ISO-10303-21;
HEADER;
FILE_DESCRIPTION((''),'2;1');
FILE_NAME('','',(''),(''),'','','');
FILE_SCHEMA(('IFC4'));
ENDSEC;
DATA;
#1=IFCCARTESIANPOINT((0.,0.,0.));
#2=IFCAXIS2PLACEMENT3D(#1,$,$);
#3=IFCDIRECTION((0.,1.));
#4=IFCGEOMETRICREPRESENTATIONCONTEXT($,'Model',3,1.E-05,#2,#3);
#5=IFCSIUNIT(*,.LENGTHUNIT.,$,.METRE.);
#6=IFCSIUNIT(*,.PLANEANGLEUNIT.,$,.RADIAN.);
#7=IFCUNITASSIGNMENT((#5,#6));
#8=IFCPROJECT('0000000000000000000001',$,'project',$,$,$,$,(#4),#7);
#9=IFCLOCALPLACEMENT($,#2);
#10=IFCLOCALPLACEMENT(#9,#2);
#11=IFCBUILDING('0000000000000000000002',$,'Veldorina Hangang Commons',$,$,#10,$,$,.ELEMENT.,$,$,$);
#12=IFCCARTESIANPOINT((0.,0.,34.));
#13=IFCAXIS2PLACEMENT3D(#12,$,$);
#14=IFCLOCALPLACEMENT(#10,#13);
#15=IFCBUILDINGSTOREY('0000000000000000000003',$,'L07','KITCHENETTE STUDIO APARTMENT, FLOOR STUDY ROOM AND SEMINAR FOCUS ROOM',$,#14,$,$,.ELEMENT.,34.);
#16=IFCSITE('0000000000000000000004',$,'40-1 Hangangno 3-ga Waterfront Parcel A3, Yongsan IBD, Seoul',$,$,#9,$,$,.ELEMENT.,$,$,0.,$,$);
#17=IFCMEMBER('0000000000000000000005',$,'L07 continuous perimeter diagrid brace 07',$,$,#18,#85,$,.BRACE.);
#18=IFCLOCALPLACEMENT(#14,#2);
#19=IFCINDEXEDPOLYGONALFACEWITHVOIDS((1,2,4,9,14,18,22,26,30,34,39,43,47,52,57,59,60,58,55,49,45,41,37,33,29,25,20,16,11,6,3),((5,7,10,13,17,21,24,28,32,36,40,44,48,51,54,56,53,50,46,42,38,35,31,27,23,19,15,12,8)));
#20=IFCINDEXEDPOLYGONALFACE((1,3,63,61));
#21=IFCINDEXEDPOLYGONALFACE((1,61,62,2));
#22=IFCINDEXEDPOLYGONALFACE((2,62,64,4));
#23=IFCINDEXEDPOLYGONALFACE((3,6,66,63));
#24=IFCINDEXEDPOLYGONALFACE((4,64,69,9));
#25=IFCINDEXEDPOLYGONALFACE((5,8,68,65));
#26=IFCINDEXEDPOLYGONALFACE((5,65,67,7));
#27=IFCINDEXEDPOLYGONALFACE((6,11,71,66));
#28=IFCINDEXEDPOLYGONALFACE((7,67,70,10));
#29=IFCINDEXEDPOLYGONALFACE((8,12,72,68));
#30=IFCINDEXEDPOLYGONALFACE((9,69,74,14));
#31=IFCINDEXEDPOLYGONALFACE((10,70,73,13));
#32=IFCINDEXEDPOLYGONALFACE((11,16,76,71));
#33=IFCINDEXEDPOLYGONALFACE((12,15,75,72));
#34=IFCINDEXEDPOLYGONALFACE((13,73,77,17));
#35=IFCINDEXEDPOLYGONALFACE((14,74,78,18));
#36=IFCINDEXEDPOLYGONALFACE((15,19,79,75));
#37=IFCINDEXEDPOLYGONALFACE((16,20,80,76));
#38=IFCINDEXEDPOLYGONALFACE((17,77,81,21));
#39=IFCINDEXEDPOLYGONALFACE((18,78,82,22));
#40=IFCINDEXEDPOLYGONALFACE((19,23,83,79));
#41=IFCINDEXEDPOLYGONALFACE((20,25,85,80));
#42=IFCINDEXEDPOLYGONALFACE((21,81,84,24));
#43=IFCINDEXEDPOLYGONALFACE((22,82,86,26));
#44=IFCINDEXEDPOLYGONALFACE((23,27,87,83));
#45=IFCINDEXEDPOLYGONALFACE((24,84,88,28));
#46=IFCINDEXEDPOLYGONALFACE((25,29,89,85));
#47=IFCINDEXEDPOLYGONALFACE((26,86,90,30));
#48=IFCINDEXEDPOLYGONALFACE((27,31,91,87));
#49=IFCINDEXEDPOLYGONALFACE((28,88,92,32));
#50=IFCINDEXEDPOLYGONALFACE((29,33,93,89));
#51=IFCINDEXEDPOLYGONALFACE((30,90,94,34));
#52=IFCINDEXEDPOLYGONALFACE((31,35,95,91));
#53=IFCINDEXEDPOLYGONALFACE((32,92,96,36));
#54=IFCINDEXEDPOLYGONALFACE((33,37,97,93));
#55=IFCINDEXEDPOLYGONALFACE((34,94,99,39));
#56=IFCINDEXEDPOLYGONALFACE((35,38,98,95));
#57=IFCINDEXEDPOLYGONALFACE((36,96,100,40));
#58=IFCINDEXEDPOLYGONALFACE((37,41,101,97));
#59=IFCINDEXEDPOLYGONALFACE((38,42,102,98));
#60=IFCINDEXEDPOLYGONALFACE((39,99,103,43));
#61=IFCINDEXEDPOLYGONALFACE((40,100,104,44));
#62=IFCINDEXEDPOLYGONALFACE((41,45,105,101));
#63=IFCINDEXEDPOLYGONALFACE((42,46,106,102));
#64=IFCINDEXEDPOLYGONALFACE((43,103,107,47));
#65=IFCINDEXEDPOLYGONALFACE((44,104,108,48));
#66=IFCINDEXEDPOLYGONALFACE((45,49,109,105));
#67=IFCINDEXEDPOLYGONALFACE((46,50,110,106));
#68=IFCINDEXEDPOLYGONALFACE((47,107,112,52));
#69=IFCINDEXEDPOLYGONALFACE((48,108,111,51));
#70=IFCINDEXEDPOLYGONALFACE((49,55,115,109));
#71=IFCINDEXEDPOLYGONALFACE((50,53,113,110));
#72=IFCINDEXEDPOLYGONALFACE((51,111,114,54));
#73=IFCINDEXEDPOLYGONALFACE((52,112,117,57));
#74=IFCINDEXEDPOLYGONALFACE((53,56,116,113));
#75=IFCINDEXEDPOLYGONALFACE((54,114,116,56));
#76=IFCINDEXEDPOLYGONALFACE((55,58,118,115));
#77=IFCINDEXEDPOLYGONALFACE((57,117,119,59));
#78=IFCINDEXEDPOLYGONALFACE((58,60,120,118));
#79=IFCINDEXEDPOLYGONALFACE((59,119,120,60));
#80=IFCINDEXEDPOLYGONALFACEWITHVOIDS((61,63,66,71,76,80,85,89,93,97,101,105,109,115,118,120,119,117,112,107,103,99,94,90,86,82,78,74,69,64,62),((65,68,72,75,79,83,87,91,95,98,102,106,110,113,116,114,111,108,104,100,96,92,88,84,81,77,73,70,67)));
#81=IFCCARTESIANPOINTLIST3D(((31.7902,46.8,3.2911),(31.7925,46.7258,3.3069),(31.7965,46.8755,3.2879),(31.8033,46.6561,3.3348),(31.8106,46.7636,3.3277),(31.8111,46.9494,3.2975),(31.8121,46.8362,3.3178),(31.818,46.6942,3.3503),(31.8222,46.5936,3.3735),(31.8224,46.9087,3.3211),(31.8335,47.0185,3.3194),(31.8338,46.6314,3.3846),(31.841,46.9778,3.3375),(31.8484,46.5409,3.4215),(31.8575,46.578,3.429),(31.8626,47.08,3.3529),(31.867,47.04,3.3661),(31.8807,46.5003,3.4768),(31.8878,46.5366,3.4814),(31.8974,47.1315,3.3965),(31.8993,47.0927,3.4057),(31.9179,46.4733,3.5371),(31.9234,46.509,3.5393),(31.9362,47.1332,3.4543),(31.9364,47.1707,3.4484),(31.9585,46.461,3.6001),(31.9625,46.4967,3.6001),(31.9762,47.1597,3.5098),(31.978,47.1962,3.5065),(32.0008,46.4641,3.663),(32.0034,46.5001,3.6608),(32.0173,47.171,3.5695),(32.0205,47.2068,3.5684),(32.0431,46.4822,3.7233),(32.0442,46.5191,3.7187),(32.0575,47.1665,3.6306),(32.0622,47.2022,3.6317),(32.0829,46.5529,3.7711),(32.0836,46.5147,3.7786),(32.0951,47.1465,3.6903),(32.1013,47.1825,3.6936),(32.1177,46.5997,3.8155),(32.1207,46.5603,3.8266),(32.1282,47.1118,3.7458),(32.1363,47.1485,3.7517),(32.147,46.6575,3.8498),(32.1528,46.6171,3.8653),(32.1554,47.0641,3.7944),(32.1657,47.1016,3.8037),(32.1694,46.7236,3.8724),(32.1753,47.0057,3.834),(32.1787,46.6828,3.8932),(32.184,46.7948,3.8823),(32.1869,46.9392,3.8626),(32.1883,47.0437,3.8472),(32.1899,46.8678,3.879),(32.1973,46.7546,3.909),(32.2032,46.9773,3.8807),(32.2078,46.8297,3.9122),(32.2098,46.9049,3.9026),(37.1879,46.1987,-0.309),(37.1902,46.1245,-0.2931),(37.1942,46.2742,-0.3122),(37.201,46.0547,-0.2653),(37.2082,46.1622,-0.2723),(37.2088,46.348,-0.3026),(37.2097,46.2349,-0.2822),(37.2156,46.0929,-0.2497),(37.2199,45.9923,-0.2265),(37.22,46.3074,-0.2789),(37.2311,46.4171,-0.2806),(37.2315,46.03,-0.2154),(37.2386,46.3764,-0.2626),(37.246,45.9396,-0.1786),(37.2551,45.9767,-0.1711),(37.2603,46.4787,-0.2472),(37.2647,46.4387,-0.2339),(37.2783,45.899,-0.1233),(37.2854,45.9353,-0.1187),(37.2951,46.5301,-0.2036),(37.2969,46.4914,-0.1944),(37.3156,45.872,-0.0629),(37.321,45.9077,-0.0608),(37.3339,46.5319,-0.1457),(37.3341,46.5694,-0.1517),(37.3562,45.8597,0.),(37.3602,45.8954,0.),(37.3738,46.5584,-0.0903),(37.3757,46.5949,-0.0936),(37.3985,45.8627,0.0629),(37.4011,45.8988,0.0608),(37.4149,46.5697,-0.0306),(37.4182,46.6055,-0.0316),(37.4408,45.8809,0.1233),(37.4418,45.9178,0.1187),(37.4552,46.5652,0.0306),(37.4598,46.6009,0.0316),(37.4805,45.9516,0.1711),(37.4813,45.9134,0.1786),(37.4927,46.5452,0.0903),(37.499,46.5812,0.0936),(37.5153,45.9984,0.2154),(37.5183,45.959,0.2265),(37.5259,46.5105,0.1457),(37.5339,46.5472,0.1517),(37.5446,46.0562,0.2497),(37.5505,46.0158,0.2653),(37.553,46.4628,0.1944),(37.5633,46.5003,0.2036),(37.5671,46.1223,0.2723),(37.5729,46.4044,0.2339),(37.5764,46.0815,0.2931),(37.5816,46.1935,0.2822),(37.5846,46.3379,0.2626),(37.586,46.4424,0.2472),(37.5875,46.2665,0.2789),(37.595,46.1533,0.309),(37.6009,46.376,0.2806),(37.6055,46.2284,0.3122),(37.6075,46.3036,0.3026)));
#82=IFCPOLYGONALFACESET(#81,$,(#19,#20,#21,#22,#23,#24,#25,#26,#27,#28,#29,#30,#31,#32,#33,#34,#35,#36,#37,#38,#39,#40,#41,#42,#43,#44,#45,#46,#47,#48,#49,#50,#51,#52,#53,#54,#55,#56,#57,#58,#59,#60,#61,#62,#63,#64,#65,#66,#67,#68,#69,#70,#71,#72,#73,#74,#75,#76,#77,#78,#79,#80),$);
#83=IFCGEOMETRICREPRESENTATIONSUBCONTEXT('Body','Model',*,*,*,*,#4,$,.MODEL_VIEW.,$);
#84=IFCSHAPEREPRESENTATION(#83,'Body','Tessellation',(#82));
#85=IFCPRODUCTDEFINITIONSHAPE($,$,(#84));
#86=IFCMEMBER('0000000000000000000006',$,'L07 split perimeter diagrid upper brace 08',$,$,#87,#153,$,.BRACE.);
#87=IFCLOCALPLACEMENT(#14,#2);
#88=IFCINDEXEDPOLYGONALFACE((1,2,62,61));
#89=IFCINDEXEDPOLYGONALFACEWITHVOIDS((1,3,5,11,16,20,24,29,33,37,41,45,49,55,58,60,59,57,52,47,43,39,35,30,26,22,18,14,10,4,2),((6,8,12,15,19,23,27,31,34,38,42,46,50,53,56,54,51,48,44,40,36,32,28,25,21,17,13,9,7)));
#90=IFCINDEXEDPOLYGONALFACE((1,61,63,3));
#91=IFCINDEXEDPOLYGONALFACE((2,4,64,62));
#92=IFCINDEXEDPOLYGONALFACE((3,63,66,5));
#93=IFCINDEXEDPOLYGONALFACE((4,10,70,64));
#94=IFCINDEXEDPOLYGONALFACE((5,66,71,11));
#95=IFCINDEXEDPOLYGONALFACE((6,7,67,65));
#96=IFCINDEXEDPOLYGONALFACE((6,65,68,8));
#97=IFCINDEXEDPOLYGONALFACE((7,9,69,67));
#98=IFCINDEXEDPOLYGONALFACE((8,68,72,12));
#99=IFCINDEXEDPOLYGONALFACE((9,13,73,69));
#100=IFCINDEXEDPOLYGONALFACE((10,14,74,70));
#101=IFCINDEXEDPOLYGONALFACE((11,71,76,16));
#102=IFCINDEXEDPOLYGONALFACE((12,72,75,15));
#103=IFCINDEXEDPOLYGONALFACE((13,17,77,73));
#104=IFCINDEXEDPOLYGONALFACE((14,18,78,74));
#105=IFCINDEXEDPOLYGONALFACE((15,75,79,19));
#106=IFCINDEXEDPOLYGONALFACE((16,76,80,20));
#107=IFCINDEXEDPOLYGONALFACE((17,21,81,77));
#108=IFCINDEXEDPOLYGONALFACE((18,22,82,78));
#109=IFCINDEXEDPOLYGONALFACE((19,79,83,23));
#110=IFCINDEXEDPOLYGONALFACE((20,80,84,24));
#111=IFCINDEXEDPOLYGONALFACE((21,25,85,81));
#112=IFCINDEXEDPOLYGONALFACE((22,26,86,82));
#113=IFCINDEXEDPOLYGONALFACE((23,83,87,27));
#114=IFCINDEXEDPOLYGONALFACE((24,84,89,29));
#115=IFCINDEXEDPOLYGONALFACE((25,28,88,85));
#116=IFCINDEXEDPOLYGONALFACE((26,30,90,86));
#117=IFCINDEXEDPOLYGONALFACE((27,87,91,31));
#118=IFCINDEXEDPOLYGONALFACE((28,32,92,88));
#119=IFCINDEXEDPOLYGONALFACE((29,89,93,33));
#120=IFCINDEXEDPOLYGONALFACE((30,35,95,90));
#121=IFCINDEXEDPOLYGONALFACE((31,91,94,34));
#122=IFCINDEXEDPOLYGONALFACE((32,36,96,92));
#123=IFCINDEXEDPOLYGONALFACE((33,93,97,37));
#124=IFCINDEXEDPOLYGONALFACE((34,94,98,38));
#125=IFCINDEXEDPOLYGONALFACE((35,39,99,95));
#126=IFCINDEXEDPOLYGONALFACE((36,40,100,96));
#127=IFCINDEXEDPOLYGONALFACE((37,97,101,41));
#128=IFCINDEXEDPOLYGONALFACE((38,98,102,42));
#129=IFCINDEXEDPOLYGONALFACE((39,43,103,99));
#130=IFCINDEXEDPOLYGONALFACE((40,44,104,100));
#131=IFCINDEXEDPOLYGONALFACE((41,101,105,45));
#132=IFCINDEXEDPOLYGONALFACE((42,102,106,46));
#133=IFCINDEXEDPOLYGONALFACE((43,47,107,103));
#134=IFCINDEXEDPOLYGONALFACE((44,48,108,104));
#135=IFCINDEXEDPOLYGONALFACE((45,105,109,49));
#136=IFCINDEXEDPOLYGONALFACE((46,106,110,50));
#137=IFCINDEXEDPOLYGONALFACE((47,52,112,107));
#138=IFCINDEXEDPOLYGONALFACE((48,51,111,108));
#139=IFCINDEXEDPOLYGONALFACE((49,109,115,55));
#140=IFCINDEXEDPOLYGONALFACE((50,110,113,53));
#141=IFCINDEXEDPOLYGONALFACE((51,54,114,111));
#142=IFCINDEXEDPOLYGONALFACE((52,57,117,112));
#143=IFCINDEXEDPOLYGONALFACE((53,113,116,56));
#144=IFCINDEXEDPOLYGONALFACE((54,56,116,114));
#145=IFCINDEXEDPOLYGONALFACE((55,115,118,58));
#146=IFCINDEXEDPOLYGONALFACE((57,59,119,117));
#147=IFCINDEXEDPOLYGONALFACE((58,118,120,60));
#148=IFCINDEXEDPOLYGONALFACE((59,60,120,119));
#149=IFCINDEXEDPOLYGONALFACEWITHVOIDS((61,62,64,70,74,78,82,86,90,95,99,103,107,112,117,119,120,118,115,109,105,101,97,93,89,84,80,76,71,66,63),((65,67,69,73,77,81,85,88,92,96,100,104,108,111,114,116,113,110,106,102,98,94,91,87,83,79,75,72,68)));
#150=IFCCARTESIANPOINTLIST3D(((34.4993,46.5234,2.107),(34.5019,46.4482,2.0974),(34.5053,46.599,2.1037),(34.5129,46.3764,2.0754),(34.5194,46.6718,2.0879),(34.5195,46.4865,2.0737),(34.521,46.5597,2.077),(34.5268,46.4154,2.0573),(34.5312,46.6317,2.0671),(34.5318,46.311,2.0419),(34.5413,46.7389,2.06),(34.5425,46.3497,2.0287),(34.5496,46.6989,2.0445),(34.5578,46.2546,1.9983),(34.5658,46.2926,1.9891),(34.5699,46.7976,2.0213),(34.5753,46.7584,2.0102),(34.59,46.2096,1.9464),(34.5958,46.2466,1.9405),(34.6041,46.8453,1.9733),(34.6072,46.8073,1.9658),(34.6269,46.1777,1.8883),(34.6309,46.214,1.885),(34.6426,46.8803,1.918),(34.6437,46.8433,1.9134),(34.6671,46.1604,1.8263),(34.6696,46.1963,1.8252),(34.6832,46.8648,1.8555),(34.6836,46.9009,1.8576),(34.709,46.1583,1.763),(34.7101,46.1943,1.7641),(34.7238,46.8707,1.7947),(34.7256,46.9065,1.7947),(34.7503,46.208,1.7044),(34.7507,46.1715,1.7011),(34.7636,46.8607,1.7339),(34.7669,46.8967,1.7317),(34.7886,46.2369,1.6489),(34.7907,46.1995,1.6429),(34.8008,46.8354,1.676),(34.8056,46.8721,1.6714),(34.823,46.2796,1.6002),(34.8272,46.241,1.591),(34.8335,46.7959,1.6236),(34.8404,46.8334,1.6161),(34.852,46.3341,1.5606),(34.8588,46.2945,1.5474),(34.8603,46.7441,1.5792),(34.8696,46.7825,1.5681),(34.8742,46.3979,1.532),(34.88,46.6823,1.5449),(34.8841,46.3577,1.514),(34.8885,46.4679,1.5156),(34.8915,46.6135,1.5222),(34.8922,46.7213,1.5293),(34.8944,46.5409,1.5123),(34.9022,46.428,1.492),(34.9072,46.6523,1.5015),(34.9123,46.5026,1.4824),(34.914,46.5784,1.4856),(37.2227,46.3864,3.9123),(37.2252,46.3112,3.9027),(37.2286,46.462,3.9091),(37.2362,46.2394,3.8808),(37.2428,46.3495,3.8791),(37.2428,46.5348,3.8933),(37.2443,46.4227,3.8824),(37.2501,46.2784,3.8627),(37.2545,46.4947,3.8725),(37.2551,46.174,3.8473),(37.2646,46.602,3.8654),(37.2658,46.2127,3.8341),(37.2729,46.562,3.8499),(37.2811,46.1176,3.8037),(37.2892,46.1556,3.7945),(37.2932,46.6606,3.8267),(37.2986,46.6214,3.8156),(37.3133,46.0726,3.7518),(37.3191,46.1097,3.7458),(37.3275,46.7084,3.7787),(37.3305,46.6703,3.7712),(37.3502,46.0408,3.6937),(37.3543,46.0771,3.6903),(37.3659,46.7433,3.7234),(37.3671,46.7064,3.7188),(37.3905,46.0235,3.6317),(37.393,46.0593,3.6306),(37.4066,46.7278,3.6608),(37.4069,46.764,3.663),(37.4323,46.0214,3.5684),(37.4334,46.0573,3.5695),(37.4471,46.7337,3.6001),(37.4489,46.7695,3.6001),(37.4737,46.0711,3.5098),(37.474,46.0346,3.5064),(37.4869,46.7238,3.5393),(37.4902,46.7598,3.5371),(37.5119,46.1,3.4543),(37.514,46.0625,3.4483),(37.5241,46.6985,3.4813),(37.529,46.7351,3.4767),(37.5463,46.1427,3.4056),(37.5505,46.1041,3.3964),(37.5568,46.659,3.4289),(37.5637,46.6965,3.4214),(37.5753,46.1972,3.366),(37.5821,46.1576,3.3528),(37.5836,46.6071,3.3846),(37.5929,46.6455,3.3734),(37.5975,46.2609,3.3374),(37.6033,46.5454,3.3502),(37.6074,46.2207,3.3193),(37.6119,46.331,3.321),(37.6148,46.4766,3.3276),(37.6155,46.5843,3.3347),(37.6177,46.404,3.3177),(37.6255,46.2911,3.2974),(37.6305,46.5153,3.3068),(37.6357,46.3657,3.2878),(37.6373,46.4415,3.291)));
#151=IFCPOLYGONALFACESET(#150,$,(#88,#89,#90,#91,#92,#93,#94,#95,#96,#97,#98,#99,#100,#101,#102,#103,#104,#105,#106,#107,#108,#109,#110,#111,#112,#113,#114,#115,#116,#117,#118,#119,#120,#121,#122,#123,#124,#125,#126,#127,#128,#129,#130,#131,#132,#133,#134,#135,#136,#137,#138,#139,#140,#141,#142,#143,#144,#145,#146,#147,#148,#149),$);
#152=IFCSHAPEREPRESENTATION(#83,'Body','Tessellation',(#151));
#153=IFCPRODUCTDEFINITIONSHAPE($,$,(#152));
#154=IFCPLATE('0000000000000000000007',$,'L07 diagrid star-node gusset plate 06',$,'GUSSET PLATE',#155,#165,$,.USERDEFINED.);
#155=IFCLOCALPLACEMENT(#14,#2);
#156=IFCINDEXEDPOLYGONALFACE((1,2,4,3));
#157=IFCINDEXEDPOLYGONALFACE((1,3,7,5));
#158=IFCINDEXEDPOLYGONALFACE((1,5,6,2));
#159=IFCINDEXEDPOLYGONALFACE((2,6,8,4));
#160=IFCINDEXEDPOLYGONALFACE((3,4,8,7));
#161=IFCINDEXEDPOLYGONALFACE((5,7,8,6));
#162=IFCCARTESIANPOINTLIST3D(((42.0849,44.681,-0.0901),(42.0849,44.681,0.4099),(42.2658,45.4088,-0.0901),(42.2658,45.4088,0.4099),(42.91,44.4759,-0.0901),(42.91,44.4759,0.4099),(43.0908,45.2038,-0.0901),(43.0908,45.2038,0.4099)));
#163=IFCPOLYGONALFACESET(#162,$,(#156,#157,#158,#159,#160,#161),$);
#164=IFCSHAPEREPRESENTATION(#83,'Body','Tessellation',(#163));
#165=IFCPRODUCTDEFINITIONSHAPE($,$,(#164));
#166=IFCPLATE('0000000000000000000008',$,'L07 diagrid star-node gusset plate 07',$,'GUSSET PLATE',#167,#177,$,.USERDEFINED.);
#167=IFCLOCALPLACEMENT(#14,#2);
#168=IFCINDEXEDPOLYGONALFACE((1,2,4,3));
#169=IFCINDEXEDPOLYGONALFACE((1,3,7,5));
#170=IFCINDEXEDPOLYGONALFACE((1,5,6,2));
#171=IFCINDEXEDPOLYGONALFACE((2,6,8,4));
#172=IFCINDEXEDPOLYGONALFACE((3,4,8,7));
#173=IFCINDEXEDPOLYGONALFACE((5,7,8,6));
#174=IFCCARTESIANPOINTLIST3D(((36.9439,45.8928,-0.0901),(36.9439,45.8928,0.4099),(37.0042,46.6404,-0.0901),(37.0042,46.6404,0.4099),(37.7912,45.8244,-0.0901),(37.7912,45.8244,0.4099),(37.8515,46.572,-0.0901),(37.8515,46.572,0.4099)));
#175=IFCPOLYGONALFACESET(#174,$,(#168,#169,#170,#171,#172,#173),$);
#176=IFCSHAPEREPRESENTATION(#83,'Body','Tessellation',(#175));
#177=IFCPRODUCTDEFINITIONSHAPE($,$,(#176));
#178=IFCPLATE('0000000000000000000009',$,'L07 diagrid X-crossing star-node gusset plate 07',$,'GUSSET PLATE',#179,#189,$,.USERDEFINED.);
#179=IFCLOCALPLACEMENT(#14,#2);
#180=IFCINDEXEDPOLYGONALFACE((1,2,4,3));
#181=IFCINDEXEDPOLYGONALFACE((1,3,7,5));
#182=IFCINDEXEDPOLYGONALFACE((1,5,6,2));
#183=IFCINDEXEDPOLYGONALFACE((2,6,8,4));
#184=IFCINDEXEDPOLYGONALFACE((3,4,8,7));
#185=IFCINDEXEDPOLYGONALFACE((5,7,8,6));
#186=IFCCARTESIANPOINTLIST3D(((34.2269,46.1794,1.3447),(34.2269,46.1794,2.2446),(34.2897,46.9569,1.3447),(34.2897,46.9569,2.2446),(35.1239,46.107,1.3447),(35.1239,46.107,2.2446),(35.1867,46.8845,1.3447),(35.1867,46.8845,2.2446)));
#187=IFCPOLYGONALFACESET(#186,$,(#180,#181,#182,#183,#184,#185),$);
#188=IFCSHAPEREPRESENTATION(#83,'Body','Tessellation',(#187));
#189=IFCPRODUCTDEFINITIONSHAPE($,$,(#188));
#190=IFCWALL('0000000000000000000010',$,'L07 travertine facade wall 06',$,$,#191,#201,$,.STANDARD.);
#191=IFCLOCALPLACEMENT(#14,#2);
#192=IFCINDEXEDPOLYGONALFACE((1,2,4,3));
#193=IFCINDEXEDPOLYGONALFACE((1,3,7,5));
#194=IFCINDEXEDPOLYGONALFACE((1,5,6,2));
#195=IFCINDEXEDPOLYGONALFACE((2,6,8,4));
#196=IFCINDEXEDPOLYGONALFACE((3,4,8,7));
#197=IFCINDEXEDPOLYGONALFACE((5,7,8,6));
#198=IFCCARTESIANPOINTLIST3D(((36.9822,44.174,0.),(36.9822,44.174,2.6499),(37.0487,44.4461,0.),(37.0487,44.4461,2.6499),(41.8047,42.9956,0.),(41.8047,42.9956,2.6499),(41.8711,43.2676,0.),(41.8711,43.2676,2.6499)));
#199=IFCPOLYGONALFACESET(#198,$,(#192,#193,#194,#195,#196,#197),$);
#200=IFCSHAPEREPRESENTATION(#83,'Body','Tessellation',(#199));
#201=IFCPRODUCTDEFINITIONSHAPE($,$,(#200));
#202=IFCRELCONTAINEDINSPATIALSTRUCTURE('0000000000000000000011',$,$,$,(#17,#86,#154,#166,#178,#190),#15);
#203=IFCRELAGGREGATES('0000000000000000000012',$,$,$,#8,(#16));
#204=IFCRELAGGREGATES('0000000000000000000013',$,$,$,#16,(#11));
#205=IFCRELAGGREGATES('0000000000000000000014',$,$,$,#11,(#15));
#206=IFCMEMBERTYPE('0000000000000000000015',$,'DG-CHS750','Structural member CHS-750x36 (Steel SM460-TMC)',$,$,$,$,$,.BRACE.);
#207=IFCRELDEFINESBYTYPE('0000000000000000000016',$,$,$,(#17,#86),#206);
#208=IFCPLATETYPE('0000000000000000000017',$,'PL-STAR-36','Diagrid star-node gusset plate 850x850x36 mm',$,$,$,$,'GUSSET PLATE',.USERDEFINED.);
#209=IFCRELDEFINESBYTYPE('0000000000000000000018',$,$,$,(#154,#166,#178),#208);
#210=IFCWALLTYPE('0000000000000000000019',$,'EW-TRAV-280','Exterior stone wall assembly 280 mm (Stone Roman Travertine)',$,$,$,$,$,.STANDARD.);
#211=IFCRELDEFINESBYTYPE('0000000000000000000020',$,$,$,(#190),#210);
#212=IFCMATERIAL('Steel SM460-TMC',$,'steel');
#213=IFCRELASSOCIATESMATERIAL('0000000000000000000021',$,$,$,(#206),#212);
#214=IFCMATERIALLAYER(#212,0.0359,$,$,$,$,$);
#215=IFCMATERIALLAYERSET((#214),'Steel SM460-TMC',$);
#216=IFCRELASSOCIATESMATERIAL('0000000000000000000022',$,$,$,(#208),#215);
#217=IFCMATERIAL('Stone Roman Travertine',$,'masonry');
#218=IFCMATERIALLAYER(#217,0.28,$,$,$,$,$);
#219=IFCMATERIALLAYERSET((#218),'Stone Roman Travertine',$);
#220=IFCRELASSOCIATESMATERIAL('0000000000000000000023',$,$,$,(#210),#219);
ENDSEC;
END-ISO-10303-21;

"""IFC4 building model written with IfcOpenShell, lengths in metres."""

from ifc_helpers import new_model, si_unit, direction, frame, frame_2d, origin, origin_2d, place, context, subcontext, project, spatial, rectangle, hollow_circle, extrude, material, layer, layer_set, material_profile, profile_set, type_object, element, save


model = new_model("IFC4")

# Units and contexts
model_context = context("Model", 3, precision=1e-05, world=origin(), true_north=direction((0.0, 1.0)))
body_context = subcontext(model_context, "Body", "Model", "MODEL_VIEW")
ifc_project = project(units=[si_unit("LENGTHUNIT", "METRE"), si_unit("PLANEANGLEUNIT", "RADIAN")], contexts=[model_context])

# Site, building, storey
site_placement = place(None, origin())
site = spatial("IfcSite", under=ifc_project, at=site_placement, Name="40-1 Hangangno 3-ga Waterfront Parcel A3, Yongsan IBD, Seoul", CompositionType="ELEMENT", RefElevation=0.0)
building_placement = place(site_placement, origin())
building = spatial("IfcBuilding", under=site, at=building_placement, Name="Veldorina Hangang Commons", CompositionType="ELEMENT")
storey_placement = place(building_placement, frame((0.0, 0.0, 34.0)))
storey = spatial("IfcBuildingStorey", under=building, at=storey_placement, Name="L07", Description="KITCHENETTE STUDIO APARTMENT, FLOOR STUDY ROOM AND SEMINAR FOCUS ROOM", CompositionType="ELEMENT", Elevation=34.0)

# Shared definitions
ifc_material_1 = material(Name="Steel SM460-TMC", Category="steel")

# Members
ifc_material_profile_1 = material_profile(ifc_material_1, hollow_circle(Radius=0.375, WallThickness=0.0359, at=origin_2d()), Name="CHS-750x36")
ifc_profile_set_1 = profile_set([ifc_material_profile_1], Name="Steel SM460-TMC")
member_type = type_object("IfcMemberType", Name="DG-CHS750", Description="Structural member CHS-750x36 (Steel SM460-TMC)", PredefinedType="BRACE", material=ifc_profile_set_1)
member_1_placement = place(storey_placement, frame((37.3977, 46.2324, 0.0), z_axis=(-0.828384, 0.092284, 0.552506), x_axis=(-0.110718, -0.993852, 0.0)))
element("IfcMember", 1, at=member_1_placement, inside=storey, type_object=member_type, Name="L07 continuous perimeter diagrid brace 07", PredefinedType="BRACE", context=body_context, shape_type="SweptSolid", body=[
    extrude(hollow_circle(Radius=0.375, WallThickness=0.0359, at=origin_2d()), origin(), (0.0, 0.0, 1.0), 6.5159),
])
member_2_placement = place(storey_placement, frame((34.7068, 46.532, 1.7947), z_axis=(0.832753, -0.04188, 0.552058), x_axis=(0.050228, 0.998738, 0.0)))
element("IfcMember", 2, at=member_2_placement, inside=storey, type_object=member_type, Name="L07 split perimeter diagrid upper brace 08", PredefinedType="BRACE", context=body_context, shape_type="SweptSolid", body=[
    extrude(hollow_circle(Radius=0.375, WallThickness=0.0359, at=origin_2d()), origin(), (0.0, 0.0, 1.0), 3.2703),
])

# Plates
ifc_layer_1 = layer(ifc_material_1, 0.0359)
ifc_layer_set_1 = layer_set([ifc_layer_1], Name="Steel SM460-TMC")
plate_type = type_object("IfcPlateType", Name="PL-STAR-36", Description="Diagrid star-node gusset plate 850x850x36 mm", ElementType="GUSSET PLATE", PredefinedType="USERDEFINED", material=ifc_layer_set_1)
for number, where, z_axis, x_axis, name in (
    (3, (42.5879, 44.9424, -0.0901), (0.0, 0.0, 1.0), (-0.970481, 0.241177, 0.0), "L07 diagrid star-node gusset plate 06"),
    (4, (37.3977, 46.2324, -0.0901), (0.0, 0.0, 1.0), (-0.996759, 0.080442, 0.0), "L07 diagrid star-node gusset plate 07"),
):
    element("IfcPlate", number, at=place(storey_placement, frame(where, z_axis=z_axis, x_axis=x_axis)), inside=storey, type_object=plate_type, Name=name, ObjectType="GUSSET PLATE", PredefinedType="USERDEFINED", context=body_context, shape_type="SweptSolid", body=[
        extrude(rectangle(XDim=0.8501, YDim=0.75, at=origin_2d()), origin(), (0.0, 0.0, 1.0), 0.5),
    ])
plate_placement = place(storey_placement, frame((34.7068, 46.532, 1.3447), z_axis=(0.0, 0.0, 1.0), x_axis=(-0.996759, 0.080442, 0.0)))
element("IfcPlate", 5, at=plate_placement, inside=storey, type_object=plate_type, Name="L07 diagrid X-crossing star-node gusset plate 07", ObjectType="GUSSET PLATE", PredefinedType="USERDEFINED", context=body_context, shape_type="SweptSolid", body=[
    extrude(rectangle(XDim=0.8999, YDim=0.78, at=origin_2d()), origin(), (0.0, 0.0, 1.0), 0.8999),
])

# Wall
ifc_material_2 = material(Name="Stone Roman Travertine", Category="masonry")
ifc_layer_2 = layer(ifc_material_2, 0.28)
ifc_layer_set_2 = layer_set([ifc_layer_2], Name="Stone Roman Travertine")
wall_type_1 = type_object("IfcWallType", Name="EW-TRAV-280", Description="Exterior stone wall assembly 280 mm (Stone Roman Travertine)", PredefinedType="STANDARD", material=ifc_layer_set_2)
wall_1_placement = place(storey_placement, frame((41.8379, 43.1316, 0.0), z_axis=(0.0, 0.0, 1.0), x_axis=(-0.971416, 0.237383, 0.0)))
element("IfcWall", 6, at=wall_1_placement, inside=storey, type_object=wall_type_1, Name="L07 travertine facade wall 06", PredefinedType="STANDARD", context=body_context, shape_type="SweptSolid", body=[
    extrude(rectangle(XDim=4.9644, YDim=0.28, at=frame_2d((2.4822, 0.0))), origin(), (0.0, 0.0, 1.0), 2.6499),
])

save(model, "model.ifc")
